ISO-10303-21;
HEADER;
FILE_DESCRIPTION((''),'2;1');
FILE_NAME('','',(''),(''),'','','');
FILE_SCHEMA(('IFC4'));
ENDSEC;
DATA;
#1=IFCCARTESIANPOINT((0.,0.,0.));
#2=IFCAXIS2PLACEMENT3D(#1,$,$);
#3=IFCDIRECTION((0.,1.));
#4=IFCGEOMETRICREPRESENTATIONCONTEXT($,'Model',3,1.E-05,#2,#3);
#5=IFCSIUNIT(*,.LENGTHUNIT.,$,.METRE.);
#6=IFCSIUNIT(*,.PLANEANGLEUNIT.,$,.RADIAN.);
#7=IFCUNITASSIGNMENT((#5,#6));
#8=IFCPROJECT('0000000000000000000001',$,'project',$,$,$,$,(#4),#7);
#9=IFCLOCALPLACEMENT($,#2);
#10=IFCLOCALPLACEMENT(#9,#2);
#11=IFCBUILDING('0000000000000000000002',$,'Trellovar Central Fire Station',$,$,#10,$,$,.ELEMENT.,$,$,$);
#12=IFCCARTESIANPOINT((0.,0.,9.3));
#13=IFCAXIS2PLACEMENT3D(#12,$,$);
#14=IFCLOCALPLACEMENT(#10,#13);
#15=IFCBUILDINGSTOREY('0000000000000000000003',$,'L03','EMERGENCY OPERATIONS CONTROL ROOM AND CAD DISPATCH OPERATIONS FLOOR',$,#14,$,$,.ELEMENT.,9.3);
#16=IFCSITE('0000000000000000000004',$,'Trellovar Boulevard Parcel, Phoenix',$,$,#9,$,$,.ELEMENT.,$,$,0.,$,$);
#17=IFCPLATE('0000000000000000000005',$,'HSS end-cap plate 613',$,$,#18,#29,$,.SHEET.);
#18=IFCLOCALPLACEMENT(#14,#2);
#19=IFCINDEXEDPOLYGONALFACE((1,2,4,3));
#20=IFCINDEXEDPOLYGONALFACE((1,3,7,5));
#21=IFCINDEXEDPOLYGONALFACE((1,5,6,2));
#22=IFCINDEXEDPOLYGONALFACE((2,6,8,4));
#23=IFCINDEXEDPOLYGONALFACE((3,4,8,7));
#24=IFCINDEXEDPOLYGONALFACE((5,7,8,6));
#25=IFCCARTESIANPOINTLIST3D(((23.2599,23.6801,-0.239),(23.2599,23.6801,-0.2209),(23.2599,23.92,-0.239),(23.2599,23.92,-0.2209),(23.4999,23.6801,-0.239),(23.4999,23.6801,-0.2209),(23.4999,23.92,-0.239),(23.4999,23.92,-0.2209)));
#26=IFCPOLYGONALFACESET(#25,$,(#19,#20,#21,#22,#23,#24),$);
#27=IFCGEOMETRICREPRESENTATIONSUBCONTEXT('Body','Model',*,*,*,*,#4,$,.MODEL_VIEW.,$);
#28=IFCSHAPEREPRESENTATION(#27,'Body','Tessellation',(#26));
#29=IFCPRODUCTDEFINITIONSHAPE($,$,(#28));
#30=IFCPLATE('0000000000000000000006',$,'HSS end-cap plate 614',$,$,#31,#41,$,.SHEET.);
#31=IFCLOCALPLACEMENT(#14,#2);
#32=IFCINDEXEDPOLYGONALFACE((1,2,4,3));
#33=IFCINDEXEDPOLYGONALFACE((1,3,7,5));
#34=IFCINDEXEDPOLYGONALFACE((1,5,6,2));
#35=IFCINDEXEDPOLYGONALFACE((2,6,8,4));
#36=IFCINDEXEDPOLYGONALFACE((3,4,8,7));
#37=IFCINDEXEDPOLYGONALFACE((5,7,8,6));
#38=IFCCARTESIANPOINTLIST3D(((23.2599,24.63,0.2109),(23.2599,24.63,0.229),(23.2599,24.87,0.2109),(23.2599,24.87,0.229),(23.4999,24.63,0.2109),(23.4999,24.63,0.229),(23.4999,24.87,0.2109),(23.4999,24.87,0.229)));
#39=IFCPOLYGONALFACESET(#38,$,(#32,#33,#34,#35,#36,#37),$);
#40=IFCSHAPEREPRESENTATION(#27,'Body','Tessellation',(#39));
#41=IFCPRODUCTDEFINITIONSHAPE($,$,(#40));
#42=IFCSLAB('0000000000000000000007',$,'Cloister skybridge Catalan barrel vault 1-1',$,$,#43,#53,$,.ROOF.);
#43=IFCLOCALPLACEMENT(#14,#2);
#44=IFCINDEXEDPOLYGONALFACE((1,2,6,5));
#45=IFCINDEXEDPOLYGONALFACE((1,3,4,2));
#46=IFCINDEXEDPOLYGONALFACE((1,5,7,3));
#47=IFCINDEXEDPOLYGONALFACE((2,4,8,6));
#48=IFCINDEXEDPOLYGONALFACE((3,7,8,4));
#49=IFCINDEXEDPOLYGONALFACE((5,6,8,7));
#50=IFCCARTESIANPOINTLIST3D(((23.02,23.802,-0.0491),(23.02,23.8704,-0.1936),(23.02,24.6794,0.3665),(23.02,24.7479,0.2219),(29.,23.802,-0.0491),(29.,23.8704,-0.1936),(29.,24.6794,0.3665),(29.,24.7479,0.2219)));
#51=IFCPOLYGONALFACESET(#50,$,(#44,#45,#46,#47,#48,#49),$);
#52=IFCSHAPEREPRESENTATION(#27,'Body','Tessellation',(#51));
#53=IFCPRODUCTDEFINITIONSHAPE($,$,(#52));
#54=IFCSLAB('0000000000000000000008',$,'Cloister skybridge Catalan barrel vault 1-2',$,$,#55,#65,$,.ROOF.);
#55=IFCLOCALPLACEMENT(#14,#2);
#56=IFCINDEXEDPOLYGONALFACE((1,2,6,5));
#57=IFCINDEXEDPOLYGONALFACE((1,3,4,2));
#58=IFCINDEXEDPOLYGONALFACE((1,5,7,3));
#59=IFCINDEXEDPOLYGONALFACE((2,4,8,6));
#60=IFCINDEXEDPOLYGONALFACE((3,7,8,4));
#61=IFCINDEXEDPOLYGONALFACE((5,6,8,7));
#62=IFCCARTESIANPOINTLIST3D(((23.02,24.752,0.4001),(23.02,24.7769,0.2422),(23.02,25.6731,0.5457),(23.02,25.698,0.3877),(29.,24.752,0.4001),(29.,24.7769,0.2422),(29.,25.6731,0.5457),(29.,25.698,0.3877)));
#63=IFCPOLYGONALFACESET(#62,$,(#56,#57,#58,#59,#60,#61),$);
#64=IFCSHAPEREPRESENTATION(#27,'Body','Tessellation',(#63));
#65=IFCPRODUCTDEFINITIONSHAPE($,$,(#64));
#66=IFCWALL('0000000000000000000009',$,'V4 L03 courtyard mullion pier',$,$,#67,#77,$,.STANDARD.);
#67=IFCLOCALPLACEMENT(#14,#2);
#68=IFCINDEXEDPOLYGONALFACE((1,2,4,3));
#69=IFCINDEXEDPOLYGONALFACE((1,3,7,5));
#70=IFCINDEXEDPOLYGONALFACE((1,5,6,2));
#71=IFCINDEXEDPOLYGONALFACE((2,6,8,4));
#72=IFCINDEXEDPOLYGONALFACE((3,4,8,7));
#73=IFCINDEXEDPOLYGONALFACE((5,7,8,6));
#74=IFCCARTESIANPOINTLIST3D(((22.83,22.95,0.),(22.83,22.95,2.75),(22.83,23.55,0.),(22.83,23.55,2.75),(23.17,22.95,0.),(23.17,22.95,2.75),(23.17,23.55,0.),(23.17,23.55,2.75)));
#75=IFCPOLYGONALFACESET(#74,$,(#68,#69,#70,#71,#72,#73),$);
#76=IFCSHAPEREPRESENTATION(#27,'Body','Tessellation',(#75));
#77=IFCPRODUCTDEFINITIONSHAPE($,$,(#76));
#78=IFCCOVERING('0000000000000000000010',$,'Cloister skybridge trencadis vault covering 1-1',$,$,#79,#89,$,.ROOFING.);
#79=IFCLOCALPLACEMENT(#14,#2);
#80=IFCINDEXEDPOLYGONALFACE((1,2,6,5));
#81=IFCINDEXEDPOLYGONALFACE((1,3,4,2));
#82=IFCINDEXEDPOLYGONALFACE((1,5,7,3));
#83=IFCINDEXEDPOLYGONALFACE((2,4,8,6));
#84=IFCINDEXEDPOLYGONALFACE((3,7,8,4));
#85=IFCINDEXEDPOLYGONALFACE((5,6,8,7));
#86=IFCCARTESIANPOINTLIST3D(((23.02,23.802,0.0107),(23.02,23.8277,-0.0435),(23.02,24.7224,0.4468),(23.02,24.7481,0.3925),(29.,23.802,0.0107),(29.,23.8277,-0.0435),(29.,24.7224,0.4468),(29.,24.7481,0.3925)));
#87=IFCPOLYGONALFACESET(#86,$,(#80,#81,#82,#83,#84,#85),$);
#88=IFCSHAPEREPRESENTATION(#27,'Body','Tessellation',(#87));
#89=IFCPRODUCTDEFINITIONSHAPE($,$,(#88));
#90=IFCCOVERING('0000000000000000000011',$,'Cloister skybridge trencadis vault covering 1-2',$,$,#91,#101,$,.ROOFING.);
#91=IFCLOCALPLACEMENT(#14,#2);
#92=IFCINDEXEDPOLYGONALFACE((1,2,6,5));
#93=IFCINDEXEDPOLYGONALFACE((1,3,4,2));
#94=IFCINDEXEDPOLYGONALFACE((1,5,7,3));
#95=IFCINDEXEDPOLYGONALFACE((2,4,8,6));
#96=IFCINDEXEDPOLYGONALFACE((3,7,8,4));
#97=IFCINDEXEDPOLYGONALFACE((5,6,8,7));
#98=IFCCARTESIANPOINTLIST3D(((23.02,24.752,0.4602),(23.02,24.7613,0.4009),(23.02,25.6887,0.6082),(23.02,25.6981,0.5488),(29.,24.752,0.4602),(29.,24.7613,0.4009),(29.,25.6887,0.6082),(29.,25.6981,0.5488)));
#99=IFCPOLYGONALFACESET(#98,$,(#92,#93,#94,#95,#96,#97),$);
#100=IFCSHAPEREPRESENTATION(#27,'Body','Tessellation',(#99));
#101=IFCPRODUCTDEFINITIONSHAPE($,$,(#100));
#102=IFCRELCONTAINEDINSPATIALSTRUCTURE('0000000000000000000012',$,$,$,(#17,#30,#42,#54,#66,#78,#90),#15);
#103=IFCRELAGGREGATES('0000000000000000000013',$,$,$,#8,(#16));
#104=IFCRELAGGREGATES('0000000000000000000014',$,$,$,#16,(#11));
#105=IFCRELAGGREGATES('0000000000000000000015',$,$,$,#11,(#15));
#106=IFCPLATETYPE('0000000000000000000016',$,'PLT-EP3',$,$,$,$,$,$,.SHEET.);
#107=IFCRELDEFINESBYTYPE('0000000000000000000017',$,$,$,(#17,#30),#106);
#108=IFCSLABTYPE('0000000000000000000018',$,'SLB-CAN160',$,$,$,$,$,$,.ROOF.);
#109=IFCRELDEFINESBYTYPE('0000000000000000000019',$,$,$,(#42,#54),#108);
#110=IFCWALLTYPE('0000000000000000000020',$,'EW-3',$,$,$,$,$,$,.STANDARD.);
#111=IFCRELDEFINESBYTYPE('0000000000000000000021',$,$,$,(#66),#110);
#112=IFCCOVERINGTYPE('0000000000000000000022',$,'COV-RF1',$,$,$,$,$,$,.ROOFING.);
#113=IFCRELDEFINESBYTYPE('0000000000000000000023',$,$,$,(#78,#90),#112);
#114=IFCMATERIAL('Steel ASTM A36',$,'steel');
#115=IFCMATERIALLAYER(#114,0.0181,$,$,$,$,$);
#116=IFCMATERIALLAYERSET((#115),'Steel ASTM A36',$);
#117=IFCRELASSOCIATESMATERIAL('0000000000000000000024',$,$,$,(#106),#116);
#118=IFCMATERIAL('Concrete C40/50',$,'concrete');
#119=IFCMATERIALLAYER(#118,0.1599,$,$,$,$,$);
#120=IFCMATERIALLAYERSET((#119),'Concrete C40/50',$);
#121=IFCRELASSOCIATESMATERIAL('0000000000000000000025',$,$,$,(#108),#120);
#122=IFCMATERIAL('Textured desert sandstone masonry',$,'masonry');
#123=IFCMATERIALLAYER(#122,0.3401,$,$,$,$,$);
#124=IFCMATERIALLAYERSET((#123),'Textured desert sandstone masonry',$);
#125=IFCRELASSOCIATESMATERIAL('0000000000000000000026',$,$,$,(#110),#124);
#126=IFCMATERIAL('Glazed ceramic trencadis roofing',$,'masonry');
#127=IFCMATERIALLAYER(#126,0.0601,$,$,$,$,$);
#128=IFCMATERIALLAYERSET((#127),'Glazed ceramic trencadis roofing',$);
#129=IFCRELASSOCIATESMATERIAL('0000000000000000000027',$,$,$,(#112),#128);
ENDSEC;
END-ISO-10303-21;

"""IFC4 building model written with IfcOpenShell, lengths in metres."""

from ifc_helpers import new_model, si_unit, direction, frame, frame_2d, origin, origin_2d, place, context, subcontext, project, spatial, polyline, rectangle, outline, extrude, material, layer, layer_set, type_object, element, save


model = new_model("IFC4")

# Units and contexts
model_context = context("Model", 3, precision=1e-05, world=origin(), true_north=direction((0.0, 1.0)))
body_context = subcontext(model_context, "Body", "Model", "MODEL_VIEW")
ifc_project = project(units=[si_unit("LENGTHUNIT", "METRE"), si_unit("PLANEANGLEUNIT", "RADIAN")], contexts=[model_context])

# Site, building, storey
site_placement = place(None, origin())
site = spatial("IfcSite", under=ifc_project, at=site_placement, Name="Trellovar Boulevard Parcel, Phoenix", CompositionType="ELEMENT", RefElevation=0.0)
building_placement = place(site_placement, origin())
building = spatial("IfcBuilding", under=site, at=building_placement, Name="Trellovar Central Fire Station", CompositionType="ELEMENT")
storey_placement = place(building_placement, frame((0.0, 0.0, 9.3)))
storey = spatial("IfcBuildingStorey", under=building, at=storey_placement, Name="L03", Description="EMERGENCY OPERATIONS CONTROL ROOM AND CAD DISPATCH OPERATIONS FLOOR", CompositionType="ELEMENT", Elevation=9.3)

# Plates
ifc_material_1 = material(Name="Steel ASTM A36", Category="steel")
ifc_layer_1 = layer(ifc_material_1, 0.0181)
ifc_layer_set_1 = layer_set([ifc_layer_1], Name="Steel ASTM A36")
plate_type_1 = type_object("IfcPlateType", Name="PLT-EP3", PredefinedType="SHEET", material=ifc_layer_set_1)
for number, where, z_axis, x_axis, name in (
    (1, (23.3799, 23.8, -0.239), (0.0, 0.0, 1.0), (1.0, 0.0, 0.0), "HSS end-cap plate 613"),
    (2, (23.3799, 24.75, 0.2109), (0.0, 0.0, 1.0), (1.0, 0.0, 0.0), "HSS end-cap plate 614"),
):
    element("IfcPlate", number, at=place(storey_placement, frame(where, z_axis=z_axis, x_axis=x_axis)), inside=storey, type_object=plate_type_1, Name=name, PredefinedType="SHEET", context=body_context, shape_type="SweptSolid", body=[
        extrude(rectangle(XDim=0.24, YDim=0.24, at=origin_2d()), origin(), (0.0, 0.0, 1.0), 0.0181),
    ])

# Slabs
ifc_material_2 = material(Name="Concrete C40/50", Category="concrete")
ifc_layer_2 = layer(ifc_material_2, 0.1599)
ifc_layer_set_2 = layer_set([ifc_layer_2], Name="Concrete C40/50")
slab_type = type_object("IfcSlabType", Name="SLB-CAN160", PredefinedType="ROOF", material=ifc_layer_set_2)
slab_1_placement = place(storey_placement, frame((23.02, 23.802, -0.0491), z_axis=(0.0, -0.428, 0.903779), x_axis=(1.0, 0.0, 0.0)))
element("IfcSlab", 3, at=slab_1_placement, inside=storey, type_object=slab_type, Name="Cloister skybridge Catalan barrel vault 1-1", PredefinedType="ROOF", context=body_context, shape_type="SweptSolid", body=[
    extrude(outline(polyline([(0.0, 0.0), (5.98, 0.0), (5.98, 0.9709), (0.0, 0.9709), (0.0, 0.0)])), origin(), (0.0, 0.0, -1.0), 0.1599),
])
slab_2_placement = place(storey_placement, frame((23.02, 24.752, 0.4001), z_axis=(0.0, -0.15603, 0.987752), x_axis=(1.0, 0.0, 0.0)))
element("IfcSlab", 4, at=slab_2_placement, inside=storey, type_object=slab_type, Name="Cloister skybridge Catalan barrel vault 1-2", PredefinedType="ROOF", context=body_context, shape_type="SweptSolid", body=[
    extrude(outline(polyline([(0.0, 0.0), (5.98, 0.0), (5.98, 0.9326), (0.0, 0.9326), (0.0, 0.0)])), origin(), (0.0, 0.0, -1.0), 0.1599),
])

# Wall
ifc_material_3 = material(Name="Textured desert sandstone masonry", Category="masonry")
ifc_layer_3 = layer(ifc_material_3, 0.3401)
ifc_layer_set_3 = layer_set([ifc_layer_3], Name="Textured desert sandstone masonry")
wall_type = type_object("IfcWallType", Name="EW-3", PredefinedType="STANDARD", material=ifc_layer_set_3)
wall_placement = place(storey_placement, frame((23.0, 22.95, 0.0), z_axis=(0.0, 0.0, 1.0), x_axis=(0.0, 1.0, 0.0)))
element("IfcWall", 5, at=wall_placement, inside=storey, type_object=wall_type, Name="V4 L03 courtyard mullion pier", PredefinedType="STANDARD", context=body_context, shape_type="SweptSolid", body=[
    extrude(rectangle(XDim=0.6001, YDim=0.3401, at=frame_2d((0.3, 0.0))), origin(), (0.0, 0.0, 1.0), 2.75),
])

# Coverings
ifc_material_4 = material(Name="Glazed ceramic trencadis roofing", Category="masonry")
ifc_layer_4 = layer(ifc_material_4, 0.0601)
ifc_layer_set_4 = layer_set([ifc_layer_4], Name="Glazed ceramic trencadis roofing")
covering_type = type_object("IfcCoveringType", Name="COV-RF1", PredefinedType="ROOFING", material=ifc_layer_set_4)
covering_1_placement = place(storey_placement, frame((23.02, 23.802, 0.0107), z_axis=(0.0, -0.428128, 0.903718), x_axis=(1.0, 0.0, 0.0)))
element("IfcCovering", 6, at=covering_1_placement, inside=storey, type_object=covering_type, Name="Cloister skybridge trencadis vault covering 1-1", PredefinedType="ROOFING", context=body_context, shape_type="SweptSolid", body=[
    extrude(outline(polyline([(0.0, 0.0), (5.98, 0.0), (5.98, 1.0185), (0.0, 1.0185), (0.0, 0.0)])), origin(), (0.0, 0.0, -1.0), 0.0601),
])
covering_2_placement = place(storey_placement, frame((23.02, 24.752, 0.4602), z_axis=(0.0, -0.156002, 0.987757), x_axis=(1.0, 0.0, 0.0)))
element("IfcCovering", 7, at=covering_2_placement, inside=storey, type_object=covering_type, Name="Cloister skybridge trencadis vault covering 1-2", PredefinedType="ROOFING", context=body_context, shape_type="SweptSolid", body=[
    extrude(outline(polyline([(0.0, 0.0), (5.98, 0.0), (5.98, 0.9484), (0.0, 0.9484), (0.0, 0.0)])), origin(), (0.0, 0.0, -1.0), 0.0601),
])

save(model, "model.ifc")
